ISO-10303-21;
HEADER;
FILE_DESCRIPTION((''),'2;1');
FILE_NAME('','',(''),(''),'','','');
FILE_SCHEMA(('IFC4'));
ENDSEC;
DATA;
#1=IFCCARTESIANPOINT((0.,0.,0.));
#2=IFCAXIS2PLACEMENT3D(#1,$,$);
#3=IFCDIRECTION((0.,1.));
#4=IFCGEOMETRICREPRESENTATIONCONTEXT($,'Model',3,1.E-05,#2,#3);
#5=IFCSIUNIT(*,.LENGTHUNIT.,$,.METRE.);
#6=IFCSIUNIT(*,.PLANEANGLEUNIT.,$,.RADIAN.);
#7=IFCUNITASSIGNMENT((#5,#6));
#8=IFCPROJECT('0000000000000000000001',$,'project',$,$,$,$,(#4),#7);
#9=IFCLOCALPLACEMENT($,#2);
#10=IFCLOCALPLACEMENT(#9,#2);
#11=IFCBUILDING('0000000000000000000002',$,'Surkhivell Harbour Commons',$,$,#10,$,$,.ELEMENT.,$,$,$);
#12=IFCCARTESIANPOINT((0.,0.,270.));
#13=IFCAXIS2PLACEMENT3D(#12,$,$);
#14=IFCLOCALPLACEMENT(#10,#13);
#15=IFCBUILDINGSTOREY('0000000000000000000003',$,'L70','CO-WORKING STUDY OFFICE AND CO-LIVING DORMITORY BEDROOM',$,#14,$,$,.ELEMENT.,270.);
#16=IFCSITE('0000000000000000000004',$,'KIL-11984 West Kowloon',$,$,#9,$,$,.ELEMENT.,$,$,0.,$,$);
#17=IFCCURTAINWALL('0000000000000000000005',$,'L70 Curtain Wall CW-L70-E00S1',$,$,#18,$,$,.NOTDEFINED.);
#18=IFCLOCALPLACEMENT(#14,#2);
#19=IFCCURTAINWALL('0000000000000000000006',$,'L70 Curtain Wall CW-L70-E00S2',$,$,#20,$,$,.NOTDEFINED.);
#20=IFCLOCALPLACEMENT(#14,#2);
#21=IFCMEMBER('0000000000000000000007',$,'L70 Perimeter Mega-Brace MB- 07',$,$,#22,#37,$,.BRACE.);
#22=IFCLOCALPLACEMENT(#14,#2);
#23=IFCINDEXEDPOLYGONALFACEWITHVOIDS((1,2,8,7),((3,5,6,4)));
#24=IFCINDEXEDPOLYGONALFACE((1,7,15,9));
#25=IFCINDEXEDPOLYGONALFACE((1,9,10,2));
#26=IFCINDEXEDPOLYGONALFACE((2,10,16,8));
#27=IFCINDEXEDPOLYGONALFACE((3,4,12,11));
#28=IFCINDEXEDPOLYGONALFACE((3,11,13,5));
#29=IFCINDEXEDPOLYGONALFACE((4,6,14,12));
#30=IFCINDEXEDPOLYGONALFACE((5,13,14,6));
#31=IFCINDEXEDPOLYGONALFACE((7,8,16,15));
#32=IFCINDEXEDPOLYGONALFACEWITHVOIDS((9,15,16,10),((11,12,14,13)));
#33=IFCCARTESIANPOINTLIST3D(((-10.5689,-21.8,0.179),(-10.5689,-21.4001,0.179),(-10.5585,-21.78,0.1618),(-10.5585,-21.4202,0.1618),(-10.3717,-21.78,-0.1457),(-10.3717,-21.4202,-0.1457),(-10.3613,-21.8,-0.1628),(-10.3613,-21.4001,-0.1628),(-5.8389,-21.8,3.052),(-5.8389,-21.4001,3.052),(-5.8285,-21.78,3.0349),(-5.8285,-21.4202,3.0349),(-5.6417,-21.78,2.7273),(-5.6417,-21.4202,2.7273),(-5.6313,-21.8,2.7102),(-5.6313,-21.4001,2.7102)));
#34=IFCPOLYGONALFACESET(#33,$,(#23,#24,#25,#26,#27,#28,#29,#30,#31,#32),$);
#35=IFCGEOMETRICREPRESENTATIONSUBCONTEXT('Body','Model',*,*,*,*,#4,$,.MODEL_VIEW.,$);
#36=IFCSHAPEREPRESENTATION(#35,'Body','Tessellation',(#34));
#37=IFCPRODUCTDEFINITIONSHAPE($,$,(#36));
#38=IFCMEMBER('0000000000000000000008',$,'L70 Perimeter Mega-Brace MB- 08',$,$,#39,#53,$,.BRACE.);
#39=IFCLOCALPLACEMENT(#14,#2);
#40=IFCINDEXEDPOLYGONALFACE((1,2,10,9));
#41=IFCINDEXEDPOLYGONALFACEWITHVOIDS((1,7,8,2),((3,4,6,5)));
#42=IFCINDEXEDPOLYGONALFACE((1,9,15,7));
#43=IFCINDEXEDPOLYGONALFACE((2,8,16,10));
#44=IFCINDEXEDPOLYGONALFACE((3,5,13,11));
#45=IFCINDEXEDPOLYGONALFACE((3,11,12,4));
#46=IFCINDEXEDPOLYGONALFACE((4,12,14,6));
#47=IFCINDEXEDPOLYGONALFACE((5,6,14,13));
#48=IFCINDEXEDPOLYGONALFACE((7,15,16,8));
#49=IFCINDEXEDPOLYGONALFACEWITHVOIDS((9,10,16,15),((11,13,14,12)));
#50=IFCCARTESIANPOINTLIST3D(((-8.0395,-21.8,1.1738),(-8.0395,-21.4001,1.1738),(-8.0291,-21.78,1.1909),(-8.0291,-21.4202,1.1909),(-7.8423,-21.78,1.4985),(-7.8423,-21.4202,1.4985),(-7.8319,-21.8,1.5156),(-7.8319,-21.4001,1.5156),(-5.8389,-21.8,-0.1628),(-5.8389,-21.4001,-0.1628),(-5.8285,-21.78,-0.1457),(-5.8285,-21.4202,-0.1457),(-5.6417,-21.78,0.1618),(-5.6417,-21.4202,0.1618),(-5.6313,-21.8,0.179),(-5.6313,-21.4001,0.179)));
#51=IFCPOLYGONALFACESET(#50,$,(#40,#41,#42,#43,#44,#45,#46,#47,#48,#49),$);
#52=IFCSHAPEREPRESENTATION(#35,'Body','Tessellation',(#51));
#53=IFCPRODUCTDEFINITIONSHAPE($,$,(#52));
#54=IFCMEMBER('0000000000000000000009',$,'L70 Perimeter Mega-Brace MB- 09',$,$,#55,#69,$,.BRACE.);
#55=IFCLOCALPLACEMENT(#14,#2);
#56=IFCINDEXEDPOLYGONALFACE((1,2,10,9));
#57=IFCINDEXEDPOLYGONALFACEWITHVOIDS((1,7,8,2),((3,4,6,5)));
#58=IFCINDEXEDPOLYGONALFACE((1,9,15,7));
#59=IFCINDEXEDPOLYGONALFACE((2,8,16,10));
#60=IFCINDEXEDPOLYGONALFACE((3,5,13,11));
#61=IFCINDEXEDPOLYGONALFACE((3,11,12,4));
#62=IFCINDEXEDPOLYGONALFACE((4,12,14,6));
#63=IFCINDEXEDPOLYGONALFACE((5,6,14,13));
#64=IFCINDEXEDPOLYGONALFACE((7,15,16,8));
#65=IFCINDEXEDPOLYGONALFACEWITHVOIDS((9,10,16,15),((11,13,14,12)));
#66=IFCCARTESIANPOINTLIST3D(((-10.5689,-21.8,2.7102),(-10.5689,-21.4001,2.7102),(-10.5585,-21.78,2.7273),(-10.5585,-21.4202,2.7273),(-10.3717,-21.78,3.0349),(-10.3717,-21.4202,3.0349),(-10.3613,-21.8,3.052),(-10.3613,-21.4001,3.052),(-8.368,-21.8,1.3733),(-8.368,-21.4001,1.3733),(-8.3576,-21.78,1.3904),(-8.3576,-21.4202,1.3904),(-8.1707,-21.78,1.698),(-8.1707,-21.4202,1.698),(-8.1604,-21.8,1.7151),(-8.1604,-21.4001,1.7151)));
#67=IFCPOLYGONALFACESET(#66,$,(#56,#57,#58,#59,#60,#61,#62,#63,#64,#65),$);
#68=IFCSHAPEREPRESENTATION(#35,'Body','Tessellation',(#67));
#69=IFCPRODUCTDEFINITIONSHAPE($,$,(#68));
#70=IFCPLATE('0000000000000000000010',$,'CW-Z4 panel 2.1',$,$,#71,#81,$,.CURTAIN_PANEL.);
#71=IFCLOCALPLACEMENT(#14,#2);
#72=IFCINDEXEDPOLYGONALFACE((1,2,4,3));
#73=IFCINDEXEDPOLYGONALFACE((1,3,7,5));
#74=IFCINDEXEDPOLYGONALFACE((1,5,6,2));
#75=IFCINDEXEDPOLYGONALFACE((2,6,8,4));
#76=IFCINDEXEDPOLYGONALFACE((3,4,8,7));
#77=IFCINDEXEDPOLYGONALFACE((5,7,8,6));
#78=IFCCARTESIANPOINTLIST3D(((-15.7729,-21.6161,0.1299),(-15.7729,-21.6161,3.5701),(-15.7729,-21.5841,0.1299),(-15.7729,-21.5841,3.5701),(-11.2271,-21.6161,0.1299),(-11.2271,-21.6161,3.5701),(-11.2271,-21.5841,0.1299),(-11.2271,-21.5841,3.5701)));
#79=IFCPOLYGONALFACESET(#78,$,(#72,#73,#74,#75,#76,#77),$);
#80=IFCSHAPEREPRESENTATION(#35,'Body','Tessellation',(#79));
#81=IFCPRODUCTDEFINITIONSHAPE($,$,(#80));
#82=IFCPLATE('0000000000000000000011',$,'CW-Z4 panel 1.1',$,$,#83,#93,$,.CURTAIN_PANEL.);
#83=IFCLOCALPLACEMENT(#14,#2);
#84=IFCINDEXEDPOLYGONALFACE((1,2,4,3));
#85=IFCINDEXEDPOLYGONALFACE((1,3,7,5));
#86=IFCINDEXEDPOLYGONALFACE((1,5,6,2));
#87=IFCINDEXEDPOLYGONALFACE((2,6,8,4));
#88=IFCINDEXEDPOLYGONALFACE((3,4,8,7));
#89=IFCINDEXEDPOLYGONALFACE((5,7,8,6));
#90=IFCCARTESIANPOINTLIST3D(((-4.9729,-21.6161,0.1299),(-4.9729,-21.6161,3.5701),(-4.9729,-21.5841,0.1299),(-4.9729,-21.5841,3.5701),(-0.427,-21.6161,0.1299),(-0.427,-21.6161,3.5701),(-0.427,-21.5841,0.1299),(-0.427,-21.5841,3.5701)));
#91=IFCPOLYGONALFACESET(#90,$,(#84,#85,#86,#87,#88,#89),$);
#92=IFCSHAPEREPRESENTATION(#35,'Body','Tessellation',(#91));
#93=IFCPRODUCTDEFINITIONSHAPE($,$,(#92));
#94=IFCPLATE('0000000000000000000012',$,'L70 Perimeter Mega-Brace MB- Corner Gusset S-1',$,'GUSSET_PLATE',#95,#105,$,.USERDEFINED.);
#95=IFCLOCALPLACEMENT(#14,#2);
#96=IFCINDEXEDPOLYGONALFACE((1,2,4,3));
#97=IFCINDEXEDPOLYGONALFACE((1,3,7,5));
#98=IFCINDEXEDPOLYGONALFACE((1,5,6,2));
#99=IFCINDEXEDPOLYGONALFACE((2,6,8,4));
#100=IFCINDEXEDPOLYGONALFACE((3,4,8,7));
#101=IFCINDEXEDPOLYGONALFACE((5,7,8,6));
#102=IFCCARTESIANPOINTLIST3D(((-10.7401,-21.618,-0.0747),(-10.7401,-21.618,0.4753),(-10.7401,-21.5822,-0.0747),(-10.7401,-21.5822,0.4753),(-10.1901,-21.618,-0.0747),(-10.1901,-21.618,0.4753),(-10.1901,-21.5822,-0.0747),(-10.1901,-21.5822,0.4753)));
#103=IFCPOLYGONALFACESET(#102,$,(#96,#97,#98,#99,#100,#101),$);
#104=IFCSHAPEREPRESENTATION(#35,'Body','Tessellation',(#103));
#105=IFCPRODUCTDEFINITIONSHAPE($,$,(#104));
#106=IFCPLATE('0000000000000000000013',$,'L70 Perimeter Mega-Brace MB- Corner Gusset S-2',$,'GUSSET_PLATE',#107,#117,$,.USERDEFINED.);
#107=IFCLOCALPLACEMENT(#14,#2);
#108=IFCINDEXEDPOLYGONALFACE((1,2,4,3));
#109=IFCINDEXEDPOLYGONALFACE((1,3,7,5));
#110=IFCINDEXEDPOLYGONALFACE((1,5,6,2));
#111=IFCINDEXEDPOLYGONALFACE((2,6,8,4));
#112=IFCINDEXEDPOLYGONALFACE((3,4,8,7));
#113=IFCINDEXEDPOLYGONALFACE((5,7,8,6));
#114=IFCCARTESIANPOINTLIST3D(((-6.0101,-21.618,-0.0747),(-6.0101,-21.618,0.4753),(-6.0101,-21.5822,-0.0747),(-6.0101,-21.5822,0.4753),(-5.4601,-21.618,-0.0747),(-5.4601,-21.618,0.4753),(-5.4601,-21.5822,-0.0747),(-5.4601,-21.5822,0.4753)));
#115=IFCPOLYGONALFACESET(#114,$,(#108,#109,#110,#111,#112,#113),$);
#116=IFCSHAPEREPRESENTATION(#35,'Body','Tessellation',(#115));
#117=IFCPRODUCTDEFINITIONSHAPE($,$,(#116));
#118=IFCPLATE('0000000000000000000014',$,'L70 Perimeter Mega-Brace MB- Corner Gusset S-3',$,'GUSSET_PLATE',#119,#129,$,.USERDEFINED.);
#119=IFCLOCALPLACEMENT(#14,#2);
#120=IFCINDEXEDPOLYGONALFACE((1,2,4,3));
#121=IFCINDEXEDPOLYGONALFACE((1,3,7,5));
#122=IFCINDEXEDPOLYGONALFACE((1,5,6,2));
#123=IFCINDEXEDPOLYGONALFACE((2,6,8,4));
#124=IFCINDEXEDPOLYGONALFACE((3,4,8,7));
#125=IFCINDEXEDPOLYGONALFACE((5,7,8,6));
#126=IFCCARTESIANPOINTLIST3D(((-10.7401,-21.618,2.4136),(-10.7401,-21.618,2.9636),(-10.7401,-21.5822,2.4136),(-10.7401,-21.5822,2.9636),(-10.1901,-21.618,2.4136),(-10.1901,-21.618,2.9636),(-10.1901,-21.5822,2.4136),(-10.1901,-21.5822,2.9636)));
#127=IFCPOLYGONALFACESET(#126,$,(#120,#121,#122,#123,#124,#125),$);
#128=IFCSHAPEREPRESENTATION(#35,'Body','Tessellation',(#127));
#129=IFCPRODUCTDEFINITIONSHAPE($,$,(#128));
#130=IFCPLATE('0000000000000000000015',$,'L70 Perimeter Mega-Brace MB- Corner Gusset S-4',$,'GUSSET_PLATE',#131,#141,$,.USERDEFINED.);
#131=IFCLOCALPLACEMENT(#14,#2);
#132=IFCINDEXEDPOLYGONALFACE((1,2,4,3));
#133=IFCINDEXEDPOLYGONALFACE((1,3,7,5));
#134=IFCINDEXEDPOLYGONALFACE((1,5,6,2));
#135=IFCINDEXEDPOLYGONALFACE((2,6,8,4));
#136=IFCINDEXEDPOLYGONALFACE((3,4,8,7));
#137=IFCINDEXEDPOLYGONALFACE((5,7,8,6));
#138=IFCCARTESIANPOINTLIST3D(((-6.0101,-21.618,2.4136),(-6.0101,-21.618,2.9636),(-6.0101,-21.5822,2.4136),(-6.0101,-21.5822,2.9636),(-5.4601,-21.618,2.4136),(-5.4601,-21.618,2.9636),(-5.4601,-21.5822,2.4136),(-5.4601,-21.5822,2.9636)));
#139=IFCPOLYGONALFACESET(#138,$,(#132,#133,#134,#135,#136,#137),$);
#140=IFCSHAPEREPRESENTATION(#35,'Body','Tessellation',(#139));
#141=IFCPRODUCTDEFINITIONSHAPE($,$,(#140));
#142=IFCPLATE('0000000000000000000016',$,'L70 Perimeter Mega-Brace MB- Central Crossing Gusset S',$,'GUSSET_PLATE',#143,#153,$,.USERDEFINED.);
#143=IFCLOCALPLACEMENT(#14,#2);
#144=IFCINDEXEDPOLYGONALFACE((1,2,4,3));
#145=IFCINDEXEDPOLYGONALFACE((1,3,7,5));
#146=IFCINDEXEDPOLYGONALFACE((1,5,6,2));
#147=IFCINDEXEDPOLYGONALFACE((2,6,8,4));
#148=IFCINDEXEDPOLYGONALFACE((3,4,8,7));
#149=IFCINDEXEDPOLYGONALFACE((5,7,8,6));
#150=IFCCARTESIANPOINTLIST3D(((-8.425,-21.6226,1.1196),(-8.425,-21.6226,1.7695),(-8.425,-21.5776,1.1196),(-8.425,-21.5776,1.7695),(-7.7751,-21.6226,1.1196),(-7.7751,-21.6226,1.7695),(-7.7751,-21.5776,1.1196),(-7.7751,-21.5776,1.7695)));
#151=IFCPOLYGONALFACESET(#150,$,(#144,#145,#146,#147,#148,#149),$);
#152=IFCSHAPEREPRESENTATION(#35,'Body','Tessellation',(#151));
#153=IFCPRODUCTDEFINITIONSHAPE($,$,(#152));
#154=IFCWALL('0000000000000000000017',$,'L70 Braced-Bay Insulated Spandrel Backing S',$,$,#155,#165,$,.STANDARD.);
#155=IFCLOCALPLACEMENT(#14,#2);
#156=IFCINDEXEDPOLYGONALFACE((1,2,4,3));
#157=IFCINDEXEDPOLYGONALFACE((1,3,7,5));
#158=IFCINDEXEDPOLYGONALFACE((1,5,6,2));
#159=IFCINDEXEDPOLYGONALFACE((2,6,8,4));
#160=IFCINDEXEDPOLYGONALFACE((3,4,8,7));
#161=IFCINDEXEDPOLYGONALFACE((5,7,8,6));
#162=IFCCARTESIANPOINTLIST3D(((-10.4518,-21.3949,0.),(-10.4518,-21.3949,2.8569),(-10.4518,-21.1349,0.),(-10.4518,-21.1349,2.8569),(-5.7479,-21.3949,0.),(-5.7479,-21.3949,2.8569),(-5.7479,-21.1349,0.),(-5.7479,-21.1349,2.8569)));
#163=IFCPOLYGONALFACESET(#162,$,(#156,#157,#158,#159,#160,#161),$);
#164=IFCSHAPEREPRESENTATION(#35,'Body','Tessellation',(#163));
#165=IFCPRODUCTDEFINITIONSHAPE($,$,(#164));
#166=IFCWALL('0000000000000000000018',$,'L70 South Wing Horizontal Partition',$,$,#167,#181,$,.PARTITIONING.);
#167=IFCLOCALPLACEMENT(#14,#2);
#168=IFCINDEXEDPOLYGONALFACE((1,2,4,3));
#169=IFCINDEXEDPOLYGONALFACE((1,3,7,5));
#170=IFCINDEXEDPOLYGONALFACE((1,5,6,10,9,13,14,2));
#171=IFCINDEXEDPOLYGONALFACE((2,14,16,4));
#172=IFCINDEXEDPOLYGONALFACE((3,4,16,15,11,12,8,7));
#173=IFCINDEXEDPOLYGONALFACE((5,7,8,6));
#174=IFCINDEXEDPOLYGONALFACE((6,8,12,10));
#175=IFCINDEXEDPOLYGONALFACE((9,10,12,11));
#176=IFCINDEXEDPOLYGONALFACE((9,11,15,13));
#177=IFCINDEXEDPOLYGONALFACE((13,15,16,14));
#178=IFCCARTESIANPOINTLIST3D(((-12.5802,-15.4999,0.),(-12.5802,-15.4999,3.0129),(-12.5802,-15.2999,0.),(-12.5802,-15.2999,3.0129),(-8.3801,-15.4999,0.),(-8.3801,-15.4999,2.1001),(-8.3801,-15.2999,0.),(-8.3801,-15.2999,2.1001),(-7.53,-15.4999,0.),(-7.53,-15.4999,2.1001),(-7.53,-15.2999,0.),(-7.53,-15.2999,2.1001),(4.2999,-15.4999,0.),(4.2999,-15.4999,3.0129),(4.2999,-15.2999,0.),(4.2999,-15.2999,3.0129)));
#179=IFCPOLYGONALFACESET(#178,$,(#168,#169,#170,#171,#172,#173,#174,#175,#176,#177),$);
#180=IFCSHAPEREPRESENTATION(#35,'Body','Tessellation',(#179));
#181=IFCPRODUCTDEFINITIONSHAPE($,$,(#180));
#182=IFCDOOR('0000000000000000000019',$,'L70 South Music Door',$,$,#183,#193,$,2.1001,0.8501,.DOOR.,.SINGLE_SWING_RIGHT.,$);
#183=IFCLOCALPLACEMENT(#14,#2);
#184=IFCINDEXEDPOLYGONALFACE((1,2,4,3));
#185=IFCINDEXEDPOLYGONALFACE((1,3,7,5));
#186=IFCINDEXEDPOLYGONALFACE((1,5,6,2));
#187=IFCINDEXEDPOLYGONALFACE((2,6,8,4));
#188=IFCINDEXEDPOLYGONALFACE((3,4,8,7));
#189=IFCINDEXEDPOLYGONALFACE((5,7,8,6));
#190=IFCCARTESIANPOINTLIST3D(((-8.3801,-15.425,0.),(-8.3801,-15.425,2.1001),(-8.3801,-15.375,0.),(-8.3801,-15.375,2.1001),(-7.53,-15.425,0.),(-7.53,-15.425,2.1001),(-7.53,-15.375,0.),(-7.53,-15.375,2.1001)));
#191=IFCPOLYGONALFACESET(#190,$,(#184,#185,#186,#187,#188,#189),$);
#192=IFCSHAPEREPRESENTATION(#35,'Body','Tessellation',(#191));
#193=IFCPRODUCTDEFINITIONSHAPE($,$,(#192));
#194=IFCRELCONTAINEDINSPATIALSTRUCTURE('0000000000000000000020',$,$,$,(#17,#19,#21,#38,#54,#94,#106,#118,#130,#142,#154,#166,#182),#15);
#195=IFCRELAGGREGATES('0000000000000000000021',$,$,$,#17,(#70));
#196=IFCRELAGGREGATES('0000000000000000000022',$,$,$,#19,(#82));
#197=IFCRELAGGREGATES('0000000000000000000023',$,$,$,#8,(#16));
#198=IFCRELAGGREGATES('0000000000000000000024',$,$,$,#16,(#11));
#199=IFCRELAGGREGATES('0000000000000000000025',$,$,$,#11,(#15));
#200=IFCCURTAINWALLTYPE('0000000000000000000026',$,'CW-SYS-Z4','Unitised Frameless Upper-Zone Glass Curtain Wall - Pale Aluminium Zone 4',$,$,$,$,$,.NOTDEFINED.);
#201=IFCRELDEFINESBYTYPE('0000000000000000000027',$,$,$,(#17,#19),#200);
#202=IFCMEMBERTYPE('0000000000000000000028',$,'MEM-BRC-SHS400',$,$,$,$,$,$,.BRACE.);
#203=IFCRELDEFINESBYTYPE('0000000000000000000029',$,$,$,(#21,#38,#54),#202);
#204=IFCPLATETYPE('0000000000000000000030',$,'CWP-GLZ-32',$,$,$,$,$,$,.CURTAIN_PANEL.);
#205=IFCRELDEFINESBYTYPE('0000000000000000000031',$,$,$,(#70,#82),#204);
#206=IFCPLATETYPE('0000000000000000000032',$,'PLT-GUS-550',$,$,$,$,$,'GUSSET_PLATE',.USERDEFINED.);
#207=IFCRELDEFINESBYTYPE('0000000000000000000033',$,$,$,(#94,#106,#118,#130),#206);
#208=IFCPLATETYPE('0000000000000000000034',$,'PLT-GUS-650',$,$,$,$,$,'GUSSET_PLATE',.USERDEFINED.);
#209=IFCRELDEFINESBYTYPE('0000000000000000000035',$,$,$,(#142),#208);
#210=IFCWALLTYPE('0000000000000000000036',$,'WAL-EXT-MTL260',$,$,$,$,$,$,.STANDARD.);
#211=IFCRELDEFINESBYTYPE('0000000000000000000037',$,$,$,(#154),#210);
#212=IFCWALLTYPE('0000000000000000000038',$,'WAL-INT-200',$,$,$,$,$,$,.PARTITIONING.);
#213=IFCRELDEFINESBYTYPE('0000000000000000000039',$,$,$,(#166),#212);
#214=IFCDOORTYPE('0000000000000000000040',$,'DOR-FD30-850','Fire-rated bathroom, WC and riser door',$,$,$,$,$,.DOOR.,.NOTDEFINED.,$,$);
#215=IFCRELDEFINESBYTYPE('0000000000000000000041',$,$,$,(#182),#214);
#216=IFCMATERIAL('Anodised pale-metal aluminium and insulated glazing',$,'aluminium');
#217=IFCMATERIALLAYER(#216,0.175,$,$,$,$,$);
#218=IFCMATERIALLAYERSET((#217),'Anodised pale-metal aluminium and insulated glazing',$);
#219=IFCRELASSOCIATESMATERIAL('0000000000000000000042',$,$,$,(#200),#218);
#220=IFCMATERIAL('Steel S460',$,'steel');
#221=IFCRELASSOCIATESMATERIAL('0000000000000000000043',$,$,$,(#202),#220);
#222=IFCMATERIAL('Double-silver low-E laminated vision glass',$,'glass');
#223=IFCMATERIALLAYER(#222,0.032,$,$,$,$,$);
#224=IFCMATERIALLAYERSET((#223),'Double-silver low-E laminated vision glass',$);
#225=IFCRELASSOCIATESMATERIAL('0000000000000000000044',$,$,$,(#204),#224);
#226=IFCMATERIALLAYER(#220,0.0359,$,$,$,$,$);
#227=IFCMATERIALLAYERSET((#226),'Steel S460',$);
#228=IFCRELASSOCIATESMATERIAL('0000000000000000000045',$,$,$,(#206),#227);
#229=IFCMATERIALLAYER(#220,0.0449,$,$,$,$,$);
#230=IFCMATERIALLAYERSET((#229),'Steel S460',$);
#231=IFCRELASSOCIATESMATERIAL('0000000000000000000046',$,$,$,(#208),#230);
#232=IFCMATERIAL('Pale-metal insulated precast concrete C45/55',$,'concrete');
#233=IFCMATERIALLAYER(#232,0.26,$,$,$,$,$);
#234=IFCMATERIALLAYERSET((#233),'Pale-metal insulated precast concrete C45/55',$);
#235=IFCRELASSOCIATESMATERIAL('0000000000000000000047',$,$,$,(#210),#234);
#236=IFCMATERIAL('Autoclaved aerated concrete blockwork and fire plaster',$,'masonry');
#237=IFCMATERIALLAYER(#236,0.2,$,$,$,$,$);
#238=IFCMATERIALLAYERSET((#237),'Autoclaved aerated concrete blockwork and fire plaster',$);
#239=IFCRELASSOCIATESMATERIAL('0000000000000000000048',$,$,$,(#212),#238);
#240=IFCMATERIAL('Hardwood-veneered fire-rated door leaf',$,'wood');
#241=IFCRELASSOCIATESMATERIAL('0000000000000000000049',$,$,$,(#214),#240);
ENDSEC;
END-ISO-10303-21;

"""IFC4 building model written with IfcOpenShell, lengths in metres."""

from ifc_helpers import new_model, si_unit, direction, frame, frame_2d, origin, origin_2d, place, context, subcontext, project, spatial, rectangle, hollow_rectangle, extrude, material, layer, layer_set, material_profile, profile_set, type_object, element, fill, aggregate, save


model = new_model("IFC4")

# Units and contexts
model_context = context("Model", 3, precision=1e-05, world=origin(), true_north=direction((0.0, 1.0)))
body_context = subcontext(model_context, "Body", "Model", "MODEL_VIEW")
ifc_project = project(units=[si_unit("LENGTHUNIT", "METRE"), si_unit("PLANEANGLEUNIT", "RADIAN")], contexts=[model_context])

# Site, building, storey
site_placement = place(None, origin())
site = spatial("IfcSite", under=ifc_project, at=site_placement, Name="KIL-11984 West Kowloon", CompositionType="ELEMENT", RefElevation=0.0)
building_placement = place(site_placement, origin())
building = spatial("IfcBuilding", under=site, at=building_placement, Name="Surkhivell Harbour Commons", CompositionType="ELEMENT")
storey_placement = place(building_placement, frame((0.0, 0.0, 270.0)))
storey = spatial("IfcBuildingStorey", under=building, at=storey_placement, Name="L70", Description="CO-WORKING STUDY OFFICE AND CO-LIVING DORMITORY BEDROOM", CompositionType="ELEMENT", Elevation=270.0)

# Curtain wall
ifc_material_1 = material(Name="Anodised pale-metal aluminium and insulated glazing", Category="aluminium")
ifc_layer_1 = layer(ifc_material_1, 0.175)
ifc_layer_set_1 = layer_set([ifc_layer_1], Name="Anodised pale-metal aluminium and insulated glazing")
curtain_wall_type = type_object("IfcCurtainWallType", Name="CW-SYS-Z4", Description="Unitised Frameless Upper-Zone Glass Curtain Wall - Pale Aluminium Zone 4", PredefinedType="NOTDEFINED", material=ifc_layer_set_1)
curtain_wall_1_placement = place(storey_placement, origin())
curtain_wall_1 = element("IfcCurtainWall", 1, at=curtain_wall_1_placement, inside=storey, type_object=curtain_wall_type, Name="L70 Curtain Wall CW-L70-E00S1", PredefinedType="NOTDEFINED")

# Curtain wall
curtain_wall_2_placement = place(storey_placement, origin())
curtain_wall_2 = element("IfcCurtainWall", 2, at=curtain_wall_2_placement, inside=storey, type_object=curtain_wall_type, Name="L70 Curtain Wall CW-L70-E00S2", PredefinedType="NOTDEFINED")

# Members
ifc_material_2 = material(Name="Steel S460", Category="steel")
ifc_material_profile_1 = material_profile(ifc_material_2, hollow_rectangle(XDim=0.3999, YDim=0.3999, WallThickness=0.02, at=origin_2d()), Name="SHS400x400x20")
ifc_profile_set_1 = profile_set([ifc_material_profile_1], Name="Steel S460")
member_type_1 = type_object("IfcMemberType", Name="MEM-BRC-SHS400", PredefinedType="BRACE", material=ifc_profile_set_1)
member_1_placement = place(storey_placement, frame((-10.4651, -21.6001, 0.0081), z_axis=(0.854685, 0.0, 0.519146), x_axis=(0.0, 1.0, 0.0)))
element("IfcMember", 3, at=member_1_placement, inside=storey, type_object=member_type_1, Name="L70 Perimeter Mega-Brace MB- 07", PredefinedType="BRACE", context=body_context, shape_type="SweptSolid", body=[
    extrude(hollow_rectangle(XDim=0.3999, YDim=0.3999, WallThickness=0.02, at=origin_2d()), origin(), (0.0, 0.0, 1.0), 5.5342),
])
member_2_placement = place(storey_placement, frame((-5.7351, -21.6001, 0.0081), z_axis=(-0.854694, 0.0, 0.519132), x_axis=(0.0, -1.0, 0.0)))
element("IfcMember", 4, at=member_2_placement, inside=storey, type_object=member_type_1, Name="L70 Perimeter Mega-Brace MB- 08", PredefinedType="BRACE", context=body_context, shape_type="SweptSolid", body=[
    extrude(hollow_rectangle(XDim=0.3999, YDim=0.3999, WallThickness=0.02, at=origin_2d()), origin(), (0.0, 0.0, 1.0), 2.5747),
])
member_3_placement = place(storey_placement, frame((-8.2642, -21.6001, 1.5442), z_axis=(-0.854678, 0.0, 0.519159), x_axis=(0.0, -1.0, 0.0)))
element("IfcMember", 5, at=member_3_placement, inside=storey, type_object=member_type_1, Name="L70 Perimeter Mega-Brace MB- 09", PredefinedType="BRACE", context=body_context, shape_type="SweptSolid", body=[
    extrude(hollow_rectangle(XDim=0.3999, YDim=0.3999, WallThickness=0.02, at=origin_2d()), origin(), (0.0, 0.0, 1.0), 2.5752),
])

# Plates
ifc_material_3 = material(Name="Double-silver low-E laminated vision glass", Category="glass")
ifc_layer_2 = layer(ifc_material_3, 0.032)
ifc_layer_set_2 = layer_set([ifc_layer_2], Name="Double-silver low-E laminated vision glass")
plate_type_1 = type_object("IfcPlateType", Name="CWP-GLZ-32", PredefinedType="CURTAIN_PANEL", material=ifc_layer_set_2)
plate_1_placement = place(storey_placement, frame((-15.7729, -21.6001, 0.1299), z_axis=(0.0, 0.0, 1.0), x_axis=(1.0, 0.0, 0.0)))
plate_1 = element("IfcPlate", 6, at=plate_1_placement, type_object=plate_type_1, Name="CW-Z4 panel 2.1", PredefinedType="CURTAIN_PANEL", context=body_context, shape_type="SweptSolid", body=[
    extrude(rectangle(XDim=4.5459, YDim=0.032, at=frame_2d((2.2729, 0.0))), origin(), (0.0, 0.0, 1.0), 3.4402),
])
aggregate(curtain_wall_1, [plate_1])
plate_2_placement = place(storey_placement, frame((-4.9729, -21.6001, 0.1299), z_axis=(0.0, 0.0, 1.0), x_axis=(1.0, 0.0, 0.0)))
plate_2 = element("IfcPlate", 7, at=plate_2_placement, type_object=plate_type_1, Name="CW-Z4 panel 1.1", PredefinedType="CURTAIN_PANEL", context=body_context, shape_type="SweptSolid", body=[
    extrude(rectangle(XDim=4.5459, YDim=0.032, at=frame_2d((2.2729, 0.0))), origin(), (0.0, 0.0, 1.0), 3.4402),
])
aggregate(curtain_wall_2, [plate_2])

# Plates
ifc_layer_3 = layer(ifc_material_2, 0.0359)
ifc_layer_set_3 = layer_set([ifc_layer_3], Name="Steel S460")
plate_type_2 = type_object("IfcPlateType", Name="PLT-GUS-550", ElementType="GUSSET_PLATE", PredefinedType="USERDEFINED", material=ifc_layer_set_3)
for number, where, z_axis, x_axis, name in (
    (8, (-10.4651, -21.6001, -0.0747), (0.0, 0.0, 1.0), (1.0, 0.0, 0.0), "L70 Perimeter Mega-Brace MB- Corner Gusset S-1"),
    (9, (-5.7351, -21.6001, -0.0747), (0.0, 0.0, 1.0), (1.0, 0.0, 0.0), "L70 Perimeter Mega-Brace MB- Corner Gusset S-2"),
    (10, (-10.4651, -21.6001, 2.4136), (0.0, 0.0, 1.0), (1.0, 0.0, 0.0), "L70 Perimeter Mega-Brace MB- Corner Gusset S-3"),
    (11, (-5.7351, -21.6001, 2.4136), (0.0, 0.0, 1.0), (1.0, 0.0, 0.0), "L70 Perimeter Mega-Brace MB- Corner Gusset S-4"),
):
    element("IfcPlate", number, at=place(storey_placement, frame(where, z_axis=z_axis, x_axis=x_axis)), inside=storey, type_object=plate_type_2, Name=name, ObjectType="GUSSET_PLATE", PredefinedType="USERDEFINED", context=body_context, shape_type="SweptSolid", body=[
        extrude(rectangle(XDim=0.55, YDim=0.0359, at=origin_2d()), origin(), (0.0, 0.0, 1.0), 0.55),
    ])
ifc_layer_4 = layer(ifc_material_2, 0.0449)
ifc_layer_set_4 = layer_set([ifc_layer_4], Name="Steel S460")
plate_type_3 = type_object("IfcPlateType", Name="PLT-GUS-650", ElementType="GUSSET_PLATE", PredefinedType="USERDEFINED", material=ifc_layer_set_4)
plate_3_placement = place(storey_placement, frame((-8.1001, -21.6001, 1.1196), z_axis=(0.0, 0.0, 1.0), x_axis=(1.0, 0.0, 0.0)))
element("IfcPlate", 12, at=plate_3_placement, inside=storey, type_object=plate_type_3, Name="L70 Perimeter Mega-Brace MB- Central Crossing Gusset S", ObjectType="GUSSET_PLATE", PredefinedType="USERDEFINED", context=body_context, shape_type="SweptSolid", body=[
    extrude(rectangle(XDim=0.6499, YDim=0.0449, at=origin_2d()), origin(), (0.0, 0.0, 1.0), 0.6499),
])

# Wall
ifc_material_4 = material(Name="Pale-metal insulated precast concrete C45/55", Category="concrete")
ifc_layer_5 = layer(ifc_material_4, 0.26)
ifc_layer_set_5 = layer_set([ifc_layer_5], Name="Pale-metal insulated precast concrete C45/55")
wall_type_1 = type_object("IfcWallType", Name="WAL-EXT-MTL260", PredefinedType="STANDARD", material=ifc_layer_set_5)
wall_1_placement = place(storey_placement, frame((-10.4519, -21.2649, 0.0), z_axis=(0.0, 0.0, 1.0), x_axis=(1.0, 0.0, 0.0)))
element("IfcWall", 13, at=wall_1_placement, inside=storey, type_object=wall_type_1, Name="L70 Braced-Bay Insulated Spandrel Backing S", PredefinedType="STANDARD", context=body_context, shape_type="SweptSolid", body=[
    extrude(rectangle(XDim=4.7039, YDim=0.26, at=frame_2d((2.3521, 0.0))), origin(), (0.0, 0.0, 1.0), 2.8569),
])

# Wall, opening, door
ifc_material_5 = material(Name="Autoclaved aerated concrete blockwork and fire plaster", Category="masonry")
ifc_layer_6 = layer(ifc_material_5, 0.2)
ifc_layer_set_6 = layer_set([ifc_layer_6], Name="Autoclaved aerated concrete blockwork and fire plaster")
wall_type_2 = type_object("IfcWallType", Name="WAL-INT-200", PredefinedType="PARTITIONING", material=ifc_layer_set_6)
wall_2_placement = place(storey_placement, frame((-12.5801, -15.3999, 0.0), z_axis=(0.0, 0.0, 1.0), x_axis=(1.0, 0.0, 0.0)))
wall_2 = element("IfcWall", 14, at=wall_2_placement, inside=storey, type_object=wall_type_2, Name="L70 South Wing Horizontal Partition", PredefinedType="PARTITIONING", context=body_context, shape_type="SweptSolid", body=[
    extrude(rectangle(XDim=16.8801, YDim=0.2, at=frame_2d((8.4399, 0.0))), origin(), (0.0, 0.0, 1.0), 3.0129),
])
opening_placement = place(wall_2_placement, frame((4.2, 0.0, 0.0)))
opening = element("IfcOpeningElement", 15, at=opening_placement, cuts=wall_2, PredefinedType="OPENING", context=body_context, shape_type="SweptSolid", body=[
    extrude(rectangle(XDim=0.8501, YDim=2.1001, at=frame_2d((0.425, 1.05))), frame((0.0, 0.1099, 0.0), z_axis=(0.0, -1.0, 0.0), x_axis=(1.0, 0.0, 0.0)), (0.0, 0.0, 1.0), 0.22),
])
ifc_material_6 = material(Name="Hardwood-veneered fire-rated door leaf", Category="wood")
door_type = type_object("IfcDoorType", Name="DOR-FD30-850", Description="Fire-rated bathroom, WC and riser door", OperationType="NOTDEFINED", PredefinedType="DOOR", material=ifc_material_6)
door_placement = place(opening_placement, origin())
door = element("IfcDoor", 16, at=door_placement, inside=storey, type_object=door_type, Name="L70 South Music Door", OperationType="SINGLE_SWING_RIGHT", OverallHeight=2.1001, OverallWidth=0.8501, PredefinedType="DOOR", context=body_context, shape_type="SweptSolid", body=[
    extrude(rectangle(XDim=0.8501, YDim=2.1001, at=frame_2d((0.425, 1.05))), frame((0.0, 0.0249, 0.0), z_axis=(0.0, -1.0, 0.0), x_axis=(1.0, 0.0, 0.0)), (0.0, 0.0, 1.0), 0.05),
])
fill(opening, door)

save(model, "model.ifc")
